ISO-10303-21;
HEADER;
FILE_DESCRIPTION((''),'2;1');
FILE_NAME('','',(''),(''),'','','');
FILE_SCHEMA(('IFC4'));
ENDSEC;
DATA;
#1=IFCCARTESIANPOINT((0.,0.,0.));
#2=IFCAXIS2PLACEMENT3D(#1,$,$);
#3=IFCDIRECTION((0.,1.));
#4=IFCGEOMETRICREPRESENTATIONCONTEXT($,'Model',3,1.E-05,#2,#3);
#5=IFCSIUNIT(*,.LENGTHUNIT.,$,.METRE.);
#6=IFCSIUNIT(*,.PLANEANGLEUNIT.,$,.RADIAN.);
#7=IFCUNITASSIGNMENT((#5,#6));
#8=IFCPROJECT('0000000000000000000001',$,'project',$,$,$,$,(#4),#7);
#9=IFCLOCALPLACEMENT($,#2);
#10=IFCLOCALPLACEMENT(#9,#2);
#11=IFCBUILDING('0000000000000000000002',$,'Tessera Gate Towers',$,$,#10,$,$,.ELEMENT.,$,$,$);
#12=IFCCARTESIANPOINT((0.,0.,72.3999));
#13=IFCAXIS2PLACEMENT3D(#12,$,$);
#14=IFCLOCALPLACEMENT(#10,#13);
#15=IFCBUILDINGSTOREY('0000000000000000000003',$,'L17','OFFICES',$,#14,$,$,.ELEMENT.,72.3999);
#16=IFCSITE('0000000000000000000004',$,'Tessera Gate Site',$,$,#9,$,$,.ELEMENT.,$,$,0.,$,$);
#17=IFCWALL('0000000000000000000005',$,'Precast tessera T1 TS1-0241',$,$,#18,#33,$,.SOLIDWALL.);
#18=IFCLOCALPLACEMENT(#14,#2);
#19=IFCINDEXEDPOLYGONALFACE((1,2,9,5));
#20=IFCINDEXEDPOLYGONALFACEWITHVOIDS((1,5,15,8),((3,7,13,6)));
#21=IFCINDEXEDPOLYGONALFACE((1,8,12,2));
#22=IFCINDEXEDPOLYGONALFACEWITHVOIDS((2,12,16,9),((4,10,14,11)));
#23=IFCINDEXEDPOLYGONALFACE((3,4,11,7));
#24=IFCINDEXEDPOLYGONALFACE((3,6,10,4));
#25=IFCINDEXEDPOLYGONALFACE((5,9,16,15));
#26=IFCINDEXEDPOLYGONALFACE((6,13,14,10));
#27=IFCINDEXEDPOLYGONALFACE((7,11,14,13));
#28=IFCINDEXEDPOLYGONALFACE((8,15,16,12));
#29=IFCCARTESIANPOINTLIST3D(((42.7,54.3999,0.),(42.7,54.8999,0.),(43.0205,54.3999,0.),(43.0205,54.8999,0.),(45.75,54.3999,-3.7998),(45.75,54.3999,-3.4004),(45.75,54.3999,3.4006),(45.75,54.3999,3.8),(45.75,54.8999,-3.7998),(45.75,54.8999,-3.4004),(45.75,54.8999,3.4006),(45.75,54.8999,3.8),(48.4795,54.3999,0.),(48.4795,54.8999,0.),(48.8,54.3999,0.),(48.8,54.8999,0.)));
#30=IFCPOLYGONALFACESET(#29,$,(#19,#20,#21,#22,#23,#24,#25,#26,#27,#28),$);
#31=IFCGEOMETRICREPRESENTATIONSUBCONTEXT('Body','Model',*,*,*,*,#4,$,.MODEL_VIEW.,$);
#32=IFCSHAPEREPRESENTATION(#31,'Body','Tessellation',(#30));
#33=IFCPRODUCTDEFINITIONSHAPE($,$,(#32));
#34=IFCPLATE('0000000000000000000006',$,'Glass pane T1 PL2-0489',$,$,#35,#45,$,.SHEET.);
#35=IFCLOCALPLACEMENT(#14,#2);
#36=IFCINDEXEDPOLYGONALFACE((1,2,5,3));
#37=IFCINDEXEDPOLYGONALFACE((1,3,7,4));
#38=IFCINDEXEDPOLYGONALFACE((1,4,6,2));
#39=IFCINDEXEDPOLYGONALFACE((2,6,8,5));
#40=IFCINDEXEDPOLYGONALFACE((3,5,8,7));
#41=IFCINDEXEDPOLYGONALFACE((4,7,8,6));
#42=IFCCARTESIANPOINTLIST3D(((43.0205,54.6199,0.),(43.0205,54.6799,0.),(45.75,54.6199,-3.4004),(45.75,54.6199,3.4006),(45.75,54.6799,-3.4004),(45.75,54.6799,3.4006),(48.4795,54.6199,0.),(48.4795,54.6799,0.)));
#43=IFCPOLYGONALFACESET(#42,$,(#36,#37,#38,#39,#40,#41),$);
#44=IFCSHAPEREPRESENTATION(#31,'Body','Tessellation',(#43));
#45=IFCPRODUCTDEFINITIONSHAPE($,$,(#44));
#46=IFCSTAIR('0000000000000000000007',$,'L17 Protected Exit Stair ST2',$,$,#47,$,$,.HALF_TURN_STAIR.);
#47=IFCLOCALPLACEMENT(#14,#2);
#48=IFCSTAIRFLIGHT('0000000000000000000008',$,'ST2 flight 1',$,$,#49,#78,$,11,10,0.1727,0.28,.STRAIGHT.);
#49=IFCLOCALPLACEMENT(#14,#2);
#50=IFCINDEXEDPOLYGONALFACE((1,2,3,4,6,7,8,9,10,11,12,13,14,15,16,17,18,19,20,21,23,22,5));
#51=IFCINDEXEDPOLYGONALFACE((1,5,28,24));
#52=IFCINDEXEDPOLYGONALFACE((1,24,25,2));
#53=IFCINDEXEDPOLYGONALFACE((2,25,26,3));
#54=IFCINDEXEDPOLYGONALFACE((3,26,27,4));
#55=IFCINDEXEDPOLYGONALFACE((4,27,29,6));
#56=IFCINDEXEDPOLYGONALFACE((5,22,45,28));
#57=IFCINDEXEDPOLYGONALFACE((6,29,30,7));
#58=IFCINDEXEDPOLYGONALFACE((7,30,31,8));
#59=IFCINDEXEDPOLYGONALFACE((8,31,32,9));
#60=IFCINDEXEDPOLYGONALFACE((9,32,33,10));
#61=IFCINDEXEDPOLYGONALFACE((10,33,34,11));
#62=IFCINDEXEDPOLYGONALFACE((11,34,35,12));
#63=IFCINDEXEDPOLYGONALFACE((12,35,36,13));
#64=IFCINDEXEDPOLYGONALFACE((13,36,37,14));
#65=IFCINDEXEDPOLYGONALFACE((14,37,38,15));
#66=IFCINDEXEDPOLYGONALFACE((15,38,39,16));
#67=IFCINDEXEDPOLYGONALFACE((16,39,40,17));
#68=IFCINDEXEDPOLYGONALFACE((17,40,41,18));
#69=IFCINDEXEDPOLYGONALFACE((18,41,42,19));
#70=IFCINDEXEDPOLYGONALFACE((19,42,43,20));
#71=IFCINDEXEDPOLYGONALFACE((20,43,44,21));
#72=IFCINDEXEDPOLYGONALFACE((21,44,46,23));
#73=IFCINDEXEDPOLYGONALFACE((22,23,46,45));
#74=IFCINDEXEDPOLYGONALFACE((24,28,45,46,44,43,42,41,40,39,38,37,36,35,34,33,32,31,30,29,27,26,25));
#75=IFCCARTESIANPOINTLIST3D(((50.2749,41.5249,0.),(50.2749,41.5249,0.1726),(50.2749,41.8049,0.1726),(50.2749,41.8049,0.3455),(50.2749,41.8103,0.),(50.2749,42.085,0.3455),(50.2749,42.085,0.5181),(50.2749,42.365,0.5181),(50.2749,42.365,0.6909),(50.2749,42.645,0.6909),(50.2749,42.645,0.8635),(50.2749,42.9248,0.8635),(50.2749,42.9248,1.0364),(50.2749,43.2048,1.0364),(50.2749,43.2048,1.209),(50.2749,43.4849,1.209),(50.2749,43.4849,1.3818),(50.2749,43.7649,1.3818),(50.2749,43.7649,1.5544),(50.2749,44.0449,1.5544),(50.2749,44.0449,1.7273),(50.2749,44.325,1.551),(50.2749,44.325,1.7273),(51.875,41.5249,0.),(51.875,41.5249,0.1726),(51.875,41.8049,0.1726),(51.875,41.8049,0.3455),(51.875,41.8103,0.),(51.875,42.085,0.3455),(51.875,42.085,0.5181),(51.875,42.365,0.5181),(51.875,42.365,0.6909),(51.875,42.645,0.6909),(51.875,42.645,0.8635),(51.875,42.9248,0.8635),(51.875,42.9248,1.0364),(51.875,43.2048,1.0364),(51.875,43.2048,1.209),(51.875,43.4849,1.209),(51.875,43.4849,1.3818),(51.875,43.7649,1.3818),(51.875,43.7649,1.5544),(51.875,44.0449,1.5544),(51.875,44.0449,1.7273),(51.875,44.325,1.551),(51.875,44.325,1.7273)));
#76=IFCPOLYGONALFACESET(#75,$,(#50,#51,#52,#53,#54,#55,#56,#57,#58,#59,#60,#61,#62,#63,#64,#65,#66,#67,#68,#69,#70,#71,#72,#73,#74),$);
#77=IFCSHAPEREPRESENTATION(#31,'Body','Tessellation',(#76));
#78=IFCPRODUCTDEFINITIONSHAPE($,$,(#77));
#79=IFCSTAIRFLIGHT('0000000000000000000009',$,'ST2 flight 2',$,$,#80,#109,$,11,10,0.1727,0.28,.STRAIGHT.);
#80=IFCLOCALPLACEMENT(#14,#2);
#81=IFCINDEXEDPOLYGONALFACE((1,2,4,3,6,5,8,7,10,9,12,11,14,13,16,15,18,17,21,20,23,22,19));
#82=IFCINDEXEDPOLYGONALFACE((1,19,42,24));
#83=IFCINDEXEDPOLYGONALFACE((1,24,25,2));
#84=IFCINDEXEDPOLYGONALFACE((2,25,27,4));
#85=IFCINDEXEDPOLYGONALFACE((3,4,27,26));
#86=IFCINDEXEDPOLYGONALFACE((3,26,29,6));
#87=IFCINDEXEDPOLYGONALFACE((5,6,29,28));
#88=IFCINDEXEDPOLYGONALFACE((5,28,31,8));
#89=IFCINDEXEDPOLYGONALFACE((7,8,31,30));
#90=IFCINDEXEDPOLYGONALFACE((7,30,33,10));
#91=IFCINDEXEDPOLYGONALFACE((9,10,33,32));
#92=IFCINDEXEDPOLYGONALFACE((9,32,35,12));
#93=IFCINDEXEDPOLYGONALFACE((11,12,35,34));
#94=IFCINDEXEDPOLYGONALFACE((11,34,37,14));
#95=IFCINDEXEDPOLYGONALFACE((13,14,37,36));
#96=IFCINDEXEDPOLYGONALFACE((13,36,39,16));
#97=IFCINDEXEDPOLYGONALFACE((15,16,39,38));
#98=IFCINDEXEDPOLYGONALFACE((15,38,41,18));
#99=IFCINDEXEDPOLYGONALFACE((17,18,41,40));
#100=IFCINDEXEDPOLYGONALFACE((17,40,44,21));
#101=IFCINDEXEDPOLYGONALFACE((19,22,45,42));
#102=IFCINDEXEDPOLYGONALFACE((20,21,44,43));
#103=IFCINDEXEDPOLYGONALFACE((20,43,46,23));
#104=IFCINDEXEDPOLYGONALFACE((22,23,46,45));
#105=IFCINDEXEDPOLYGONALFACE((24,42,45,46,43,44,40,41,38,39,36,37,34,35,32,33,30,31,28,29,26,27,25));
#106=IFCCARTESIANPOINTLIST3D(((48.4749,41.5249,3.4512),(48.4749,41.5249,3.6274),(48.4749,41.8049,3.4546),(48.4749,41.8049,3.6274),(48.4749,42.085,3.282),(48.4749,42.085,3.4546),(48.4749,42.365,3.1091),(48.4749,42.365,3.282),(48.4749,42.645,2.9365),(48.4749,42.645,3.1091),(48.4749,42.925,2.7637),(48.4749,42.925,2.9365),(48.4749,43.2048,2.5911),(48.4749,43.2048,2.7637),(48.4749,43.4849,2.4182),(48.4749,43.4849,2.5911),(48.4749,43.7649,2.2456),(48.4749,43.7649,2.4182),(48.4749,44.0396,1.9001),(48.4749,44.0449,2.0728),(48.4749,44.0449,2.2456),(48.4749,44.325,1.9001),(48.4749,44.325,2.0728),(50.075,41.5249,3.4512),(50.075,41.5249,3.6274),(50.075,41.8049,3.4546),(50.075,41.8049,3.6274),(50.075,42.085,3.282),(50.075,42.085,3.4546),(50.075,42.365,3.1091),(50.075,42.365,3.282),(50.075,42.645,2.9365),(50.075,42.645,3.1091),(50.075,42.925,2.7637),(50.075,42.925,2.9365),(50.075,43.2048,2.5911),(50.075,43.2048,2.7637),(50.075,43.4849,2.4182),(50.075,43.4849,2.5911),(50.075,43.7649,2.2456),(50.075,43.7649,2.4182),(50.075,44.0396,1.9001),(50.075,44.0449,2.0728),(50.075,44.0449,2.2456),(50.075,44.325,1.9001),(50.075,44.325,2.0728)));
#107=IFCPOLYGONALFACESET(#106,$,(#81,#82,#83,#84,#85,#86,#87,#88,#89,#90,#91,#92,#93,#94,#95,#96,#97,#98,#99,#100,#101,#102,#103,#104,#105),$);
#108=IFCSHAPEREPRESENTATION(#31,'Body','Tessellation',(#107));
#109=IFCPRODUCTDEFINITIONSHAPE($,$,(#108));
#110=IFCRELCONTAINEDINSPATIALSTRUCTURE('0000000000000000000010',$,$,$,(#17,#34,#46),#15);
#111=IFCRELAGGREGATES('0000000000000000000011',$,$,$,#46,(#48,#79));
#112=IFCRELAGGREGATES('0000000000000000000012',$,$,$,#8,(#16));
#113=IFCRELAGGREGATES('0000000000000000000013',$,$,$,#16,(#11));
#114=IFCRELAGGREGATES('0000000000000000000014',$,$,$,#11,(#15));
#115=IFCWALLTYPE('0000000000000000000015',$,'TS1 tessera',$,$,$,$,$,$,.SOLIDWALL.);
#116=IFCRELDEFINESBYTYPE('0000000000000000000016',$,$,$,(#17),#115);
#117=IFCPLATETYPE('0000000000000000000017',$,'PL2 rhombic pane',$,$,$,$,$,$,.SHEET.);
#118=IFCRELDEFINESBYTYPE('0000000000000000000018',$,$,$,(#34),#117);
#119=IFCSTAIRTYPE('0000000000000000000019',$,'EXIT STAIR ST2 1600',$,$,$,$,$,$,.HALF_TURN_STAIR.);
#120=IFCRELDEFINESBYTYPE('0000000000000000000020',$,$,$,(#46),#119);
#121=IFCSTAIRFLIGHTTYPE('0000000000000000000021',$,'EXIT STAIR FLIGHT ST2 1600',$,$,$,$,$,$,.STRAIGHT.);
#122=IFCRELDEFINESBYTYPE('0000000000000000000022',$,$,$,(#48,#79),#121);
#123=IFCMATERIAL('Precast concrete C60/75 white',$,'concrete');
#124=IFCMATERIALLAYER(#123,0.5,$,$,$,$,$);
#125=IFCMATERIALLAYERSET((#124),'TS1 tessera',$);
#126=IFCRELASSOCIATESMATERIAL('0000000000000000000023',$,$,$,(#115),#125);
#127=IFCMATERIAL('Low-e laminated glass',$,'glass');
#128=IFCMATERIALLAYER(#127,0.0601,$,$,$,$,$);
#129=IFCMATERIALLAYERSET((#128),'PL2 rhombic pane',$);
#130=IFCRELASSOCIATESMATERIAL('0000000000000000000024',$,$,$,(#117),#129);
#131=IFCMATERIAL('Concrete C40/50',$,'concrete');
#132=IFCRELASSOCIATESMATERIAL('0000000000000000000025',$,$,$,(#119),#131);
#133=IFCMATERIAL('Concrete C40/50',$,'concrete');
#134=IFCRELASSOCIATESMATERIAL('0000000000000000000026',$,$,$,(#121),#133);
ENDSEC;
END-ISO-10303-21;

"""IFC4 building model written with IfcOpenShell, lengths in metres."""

from ifc_helpers import new_model, si_unit, direction, frame, origin, place, context, subcontext, project, spatial, polyline, outline, extrude, source, transform, mapped, material, layer, layer_set, type_object, element, fill, aggregate, save


model = new_model("IFC4")

# Units and contexts
model_context = context("Model", 3, precision=1e-05, world=origin(), true_north=direction((0.0, 1.0)))
body_context = subcontext(model_context, "Body", "Model", "MODEL_VIEW")
ifc_project = project(units=[si_unit("LENGTHUNIT", "METRE"), si_unit("PLANEANGLEUNIT", "RADIAN")], contexts=[model_context])

# Site, building, storey
site_placement = place(None, origin())
site = spatial("IfcSite", under=ifc_project, at=site_placement, Name="Tessera Gate Site", CompositionType="ELEMENT", RefElevation=0.0)
building_placement = place(site_placement, origin())
building = spatial("IfcBuilding", under=site, at=building_placement, Name="Tessera Gate Towers", CompositionType="ELEMENT")
storey_placement = place(building_placement, frame((0.0, 0.0, 72.3999)))
storey = spatial("IfcBuildingStorey", under=building, at=storey_placement, Name="L17", Description="OFFICES", CompositionType="ELEMENT", Elevation=72.3999)

# Wall, opening, plate
ifc_material_1 = material(Name="Precast concrete C60/75 white", Category="concrete")
ifc_layer_1 = layer(ifc_material_1, 0.5)
ifc_layer_set_1 = layer_set([ifc_layer_1], Name="TS1 tessera")
wall_type_1 = type_object("IfcWallType", Name="TS1 tessera", PredefinedType="SOLIDWALL", material=ifc_layer_set_1)
shared_shape_1 = source(origin(), body_context, "Body", "SweptSolid", [
    extrude(outline(polyline([(3.05, 0.0), (6.1001, 3.7998), (3.05, 7.5999), (0.0, 3.7998), (3.05, 0.0)])), frame((0.0, 0.25, 0.0), z_axis=(0.0, -1.0, 0.0), x_axis=(1.0, 0.0, 0.0)), (0.0, 0.0, 1.0), 0.5),
])
wall_1_placement = place(storey_placement, frame((48.8, 54.6499, -3.7998), z_axis=(0.0, 0.0, 1.0), x_axis=(-1.0, 0.0, 0.0)))
wall_1 = element("IfcWall", 1, at=wall_1_placement, inside=storey, type_object=wall_type_1, Name="Precast tessera T1 TS1-0241", PredefinedType="SOLIDWALL", context=body_context, shape_type="MappedRepresentation", body=[
    mapped(shared_shape_1, transform((0.0, 0.0, 0.0), scale=1.0)),
])
shared_shape_2 = source(origin(), body_context, "Body", "SweptSolid", [
    extrude(outline(polyline([(3.05, 0.3994), (5.7795, 3.7998), (3.05, 7.2004), (0.3206, 3.7998), (3.05, 0.3994)])), frame((0.0, 0.26, 0.0), z_axis=(0.0, -1.0, 0.0), x_axis=(1.0, 0.0, 0.0)), (0.0, 0.0, 1.0), 0.52),
])
opening_1_placement = place(wall_1_placement, origin())
opening_1 = element("IfcOpeningElement", 2, at=opening_1_placement, cuts=wall_1, PredefinedType="OPENING", context=body_context, shape_type="MappedRepresentation", body=[
    mapped(shared_shape_2, transform((0.0, 0.0, 0.0), scale=1.0)),
])
ifc_material_2 = material(Name="Low-e laminated glass", Category="glass")
ifc_layer_2 = layer(ifc_material_2, 0.0601)
ifc_layer_set_2 = layer_set([ifc_layer_2], Name="PL2 rhombic pane")
plate_type = type_object("IfcPlateType", Name="PL2 rhombic pane", PredefinedType="SHEET", material=ifc_layer_set_2)
shared_shape_3 = source(origin(), body_context, "Body", "SweptSolid", [
    extrude(outline(polyline([(3.05, 0.3994), (5.7795, 3.7998), (3.05, 7.2004), (0.3206, 3.7998), (3.05, 0.3994)])), frame((0.0, 0.03, 0.0), z_axis=(0.0, -1.0, 0.0), x_axis=(1.0, 0.0, 0.0)), (0.0, 0.0, 1.0), 0.0601),
])
plate_placement = place(opening_1_placement, origin())
plate = element("IfcPlate", 3, at=plate_placement, inside=storey, type_object=plate_type, Name="Glass pane T1 PL2-0489", PredefinedType="SHEET", context=body_context, shape_type="MappedRepresentation", body=[
    mapped(shared_shape_3, transform((0.0, 0.0, 0.0), scale=1.0)),
])
fill(opening_1, plate)

# Stair, stair flights
ifc_material_3 = material(Name="Concrete C40/50", Category="concrete")
stair_type = type_object("IfcStairType", Name="EXIT STAIR ST2 1600", PredefinedType="HALF_TURN_STAIR", material=ifc_material_3)
stair_placement = place(storey_placement, origin())
stair = element("IfcStair", 4, at=stair_placement, inside=storey, type_object=stair_type, Name="L17 Protected Exit Stair ST2", PredefinedType="HALF_TURN_STAIR")
ifc_material_4 = material(Name="Concrete C40/50", Category="concrete")
stair_flight_type = type_object("IfcStairFlightType", Name="EXIT STAIR FLIGHT ST2 1600", PredefinedType="STRAIGHT", material=ifc_material_4)
stair_flight_1_placement = place(storey_placement, frame((51.075, 41.5249, 0.0), z_axis=(0.0, 0.0, 1.0), x_axis=(0.0, 1.0, 0.0)))
stair_flight_1 = element("IfcStairFlight", 5, at=stair_flight_1_placement, type_object=stair_flight_type, Name="ST2 flight 1", NumberOfRisers=11, NumberOfTreads=10, PredefinedType="STRAIGHT", RiserHeight=0.1727, TreadLength=0.28, context=body_context, shape_type="SweptSolid", body=[
    extrude(outline(polyline([(0.0, 0.0), (0.0, 0.1726), (0.28, 0.1726), (0.28, 0.3455), (0.5601, 0.3455), (0.5601, 0.5181), (0.8401, 0.5181), (0.8401, 0.6909), (1.1201, 0.6909), (1.1201, 0.8635), (1.3999, 0.8635), (1.3999, 1.0364), (1.6799, 1.0364), (1.6799, 1.209), (1.96, 1.209), (1.96, 1.3818), (2.24, 1.3818), (2.24, 1.5544), (2.52, 1.5544), (2.52, 1.7273), (2.8, 1.7273), (2.8, 1.8999), (2.8, 1.551), (0.2854, 0.0), (0.0, 0.0)])), frame((0.0, 0.8, 0.0), z_axis=(0.0, -1.0, 0.0), x_axis=(1.0, 0.0, 0.0)), (0.0, 0.0, 1.0), 1.6001),
])
stair_flight_2_placement = place(storey_placement, frame((49.2749, 44.325, 1.9001), z_axis=(0.0, 0.0, 1.0), x_axis=(0.0, -1.0, 0.0)))
stair_flight_2 = element("IfcStairFlight", 6, at=stair_flight_2_placement, type_object=stair_flight_type, Name="ST2 flight 2", NumberOfRisers=11, NumberOfTreads=10, PredefinedType="STRAIGHT", RiserHeight=0.1727, TreadLength=0.28, context=body_context, shape_type="SweptSolid", body=[
    extrude(outline(polyline([(0.0, 0.0), (0.0, 0.1726), (0.28, 0.1726), (0.28, 0.3455), (0.5601, 0.3455), (0.5601, 0.5181), (0.8401, 0.5181), (0.8401, 0.6909), (1.1201, 0.6909), (1.1201, 0.8635), (1.3999, 0.8635), (1.3999, 1.0364), (1.6799, 1.0364), (1.6799, 1.209), (1.96, 1.209), (1.96, 1.3818), (2.24, 1.3818), (2.24, 1.5544), (2.52, 1.5544), (2.52, 1.7273), (2.8, 1.7273), (2.8, 1.8999), (2.8, 1.551), (0.2854, 0.0), (0.0, 0.0)])), frame((0.0, 0.8, 0.0), z_axis=(0.0, -1.0, 0.0), x_axis=(1.0, 0.0, 0.0)), (0.0, 0.0, 1.0), 1.6001),
])
aggregate(stair, [stair_flight_1, stair_flight_2])

save(model, "model.ifc")
